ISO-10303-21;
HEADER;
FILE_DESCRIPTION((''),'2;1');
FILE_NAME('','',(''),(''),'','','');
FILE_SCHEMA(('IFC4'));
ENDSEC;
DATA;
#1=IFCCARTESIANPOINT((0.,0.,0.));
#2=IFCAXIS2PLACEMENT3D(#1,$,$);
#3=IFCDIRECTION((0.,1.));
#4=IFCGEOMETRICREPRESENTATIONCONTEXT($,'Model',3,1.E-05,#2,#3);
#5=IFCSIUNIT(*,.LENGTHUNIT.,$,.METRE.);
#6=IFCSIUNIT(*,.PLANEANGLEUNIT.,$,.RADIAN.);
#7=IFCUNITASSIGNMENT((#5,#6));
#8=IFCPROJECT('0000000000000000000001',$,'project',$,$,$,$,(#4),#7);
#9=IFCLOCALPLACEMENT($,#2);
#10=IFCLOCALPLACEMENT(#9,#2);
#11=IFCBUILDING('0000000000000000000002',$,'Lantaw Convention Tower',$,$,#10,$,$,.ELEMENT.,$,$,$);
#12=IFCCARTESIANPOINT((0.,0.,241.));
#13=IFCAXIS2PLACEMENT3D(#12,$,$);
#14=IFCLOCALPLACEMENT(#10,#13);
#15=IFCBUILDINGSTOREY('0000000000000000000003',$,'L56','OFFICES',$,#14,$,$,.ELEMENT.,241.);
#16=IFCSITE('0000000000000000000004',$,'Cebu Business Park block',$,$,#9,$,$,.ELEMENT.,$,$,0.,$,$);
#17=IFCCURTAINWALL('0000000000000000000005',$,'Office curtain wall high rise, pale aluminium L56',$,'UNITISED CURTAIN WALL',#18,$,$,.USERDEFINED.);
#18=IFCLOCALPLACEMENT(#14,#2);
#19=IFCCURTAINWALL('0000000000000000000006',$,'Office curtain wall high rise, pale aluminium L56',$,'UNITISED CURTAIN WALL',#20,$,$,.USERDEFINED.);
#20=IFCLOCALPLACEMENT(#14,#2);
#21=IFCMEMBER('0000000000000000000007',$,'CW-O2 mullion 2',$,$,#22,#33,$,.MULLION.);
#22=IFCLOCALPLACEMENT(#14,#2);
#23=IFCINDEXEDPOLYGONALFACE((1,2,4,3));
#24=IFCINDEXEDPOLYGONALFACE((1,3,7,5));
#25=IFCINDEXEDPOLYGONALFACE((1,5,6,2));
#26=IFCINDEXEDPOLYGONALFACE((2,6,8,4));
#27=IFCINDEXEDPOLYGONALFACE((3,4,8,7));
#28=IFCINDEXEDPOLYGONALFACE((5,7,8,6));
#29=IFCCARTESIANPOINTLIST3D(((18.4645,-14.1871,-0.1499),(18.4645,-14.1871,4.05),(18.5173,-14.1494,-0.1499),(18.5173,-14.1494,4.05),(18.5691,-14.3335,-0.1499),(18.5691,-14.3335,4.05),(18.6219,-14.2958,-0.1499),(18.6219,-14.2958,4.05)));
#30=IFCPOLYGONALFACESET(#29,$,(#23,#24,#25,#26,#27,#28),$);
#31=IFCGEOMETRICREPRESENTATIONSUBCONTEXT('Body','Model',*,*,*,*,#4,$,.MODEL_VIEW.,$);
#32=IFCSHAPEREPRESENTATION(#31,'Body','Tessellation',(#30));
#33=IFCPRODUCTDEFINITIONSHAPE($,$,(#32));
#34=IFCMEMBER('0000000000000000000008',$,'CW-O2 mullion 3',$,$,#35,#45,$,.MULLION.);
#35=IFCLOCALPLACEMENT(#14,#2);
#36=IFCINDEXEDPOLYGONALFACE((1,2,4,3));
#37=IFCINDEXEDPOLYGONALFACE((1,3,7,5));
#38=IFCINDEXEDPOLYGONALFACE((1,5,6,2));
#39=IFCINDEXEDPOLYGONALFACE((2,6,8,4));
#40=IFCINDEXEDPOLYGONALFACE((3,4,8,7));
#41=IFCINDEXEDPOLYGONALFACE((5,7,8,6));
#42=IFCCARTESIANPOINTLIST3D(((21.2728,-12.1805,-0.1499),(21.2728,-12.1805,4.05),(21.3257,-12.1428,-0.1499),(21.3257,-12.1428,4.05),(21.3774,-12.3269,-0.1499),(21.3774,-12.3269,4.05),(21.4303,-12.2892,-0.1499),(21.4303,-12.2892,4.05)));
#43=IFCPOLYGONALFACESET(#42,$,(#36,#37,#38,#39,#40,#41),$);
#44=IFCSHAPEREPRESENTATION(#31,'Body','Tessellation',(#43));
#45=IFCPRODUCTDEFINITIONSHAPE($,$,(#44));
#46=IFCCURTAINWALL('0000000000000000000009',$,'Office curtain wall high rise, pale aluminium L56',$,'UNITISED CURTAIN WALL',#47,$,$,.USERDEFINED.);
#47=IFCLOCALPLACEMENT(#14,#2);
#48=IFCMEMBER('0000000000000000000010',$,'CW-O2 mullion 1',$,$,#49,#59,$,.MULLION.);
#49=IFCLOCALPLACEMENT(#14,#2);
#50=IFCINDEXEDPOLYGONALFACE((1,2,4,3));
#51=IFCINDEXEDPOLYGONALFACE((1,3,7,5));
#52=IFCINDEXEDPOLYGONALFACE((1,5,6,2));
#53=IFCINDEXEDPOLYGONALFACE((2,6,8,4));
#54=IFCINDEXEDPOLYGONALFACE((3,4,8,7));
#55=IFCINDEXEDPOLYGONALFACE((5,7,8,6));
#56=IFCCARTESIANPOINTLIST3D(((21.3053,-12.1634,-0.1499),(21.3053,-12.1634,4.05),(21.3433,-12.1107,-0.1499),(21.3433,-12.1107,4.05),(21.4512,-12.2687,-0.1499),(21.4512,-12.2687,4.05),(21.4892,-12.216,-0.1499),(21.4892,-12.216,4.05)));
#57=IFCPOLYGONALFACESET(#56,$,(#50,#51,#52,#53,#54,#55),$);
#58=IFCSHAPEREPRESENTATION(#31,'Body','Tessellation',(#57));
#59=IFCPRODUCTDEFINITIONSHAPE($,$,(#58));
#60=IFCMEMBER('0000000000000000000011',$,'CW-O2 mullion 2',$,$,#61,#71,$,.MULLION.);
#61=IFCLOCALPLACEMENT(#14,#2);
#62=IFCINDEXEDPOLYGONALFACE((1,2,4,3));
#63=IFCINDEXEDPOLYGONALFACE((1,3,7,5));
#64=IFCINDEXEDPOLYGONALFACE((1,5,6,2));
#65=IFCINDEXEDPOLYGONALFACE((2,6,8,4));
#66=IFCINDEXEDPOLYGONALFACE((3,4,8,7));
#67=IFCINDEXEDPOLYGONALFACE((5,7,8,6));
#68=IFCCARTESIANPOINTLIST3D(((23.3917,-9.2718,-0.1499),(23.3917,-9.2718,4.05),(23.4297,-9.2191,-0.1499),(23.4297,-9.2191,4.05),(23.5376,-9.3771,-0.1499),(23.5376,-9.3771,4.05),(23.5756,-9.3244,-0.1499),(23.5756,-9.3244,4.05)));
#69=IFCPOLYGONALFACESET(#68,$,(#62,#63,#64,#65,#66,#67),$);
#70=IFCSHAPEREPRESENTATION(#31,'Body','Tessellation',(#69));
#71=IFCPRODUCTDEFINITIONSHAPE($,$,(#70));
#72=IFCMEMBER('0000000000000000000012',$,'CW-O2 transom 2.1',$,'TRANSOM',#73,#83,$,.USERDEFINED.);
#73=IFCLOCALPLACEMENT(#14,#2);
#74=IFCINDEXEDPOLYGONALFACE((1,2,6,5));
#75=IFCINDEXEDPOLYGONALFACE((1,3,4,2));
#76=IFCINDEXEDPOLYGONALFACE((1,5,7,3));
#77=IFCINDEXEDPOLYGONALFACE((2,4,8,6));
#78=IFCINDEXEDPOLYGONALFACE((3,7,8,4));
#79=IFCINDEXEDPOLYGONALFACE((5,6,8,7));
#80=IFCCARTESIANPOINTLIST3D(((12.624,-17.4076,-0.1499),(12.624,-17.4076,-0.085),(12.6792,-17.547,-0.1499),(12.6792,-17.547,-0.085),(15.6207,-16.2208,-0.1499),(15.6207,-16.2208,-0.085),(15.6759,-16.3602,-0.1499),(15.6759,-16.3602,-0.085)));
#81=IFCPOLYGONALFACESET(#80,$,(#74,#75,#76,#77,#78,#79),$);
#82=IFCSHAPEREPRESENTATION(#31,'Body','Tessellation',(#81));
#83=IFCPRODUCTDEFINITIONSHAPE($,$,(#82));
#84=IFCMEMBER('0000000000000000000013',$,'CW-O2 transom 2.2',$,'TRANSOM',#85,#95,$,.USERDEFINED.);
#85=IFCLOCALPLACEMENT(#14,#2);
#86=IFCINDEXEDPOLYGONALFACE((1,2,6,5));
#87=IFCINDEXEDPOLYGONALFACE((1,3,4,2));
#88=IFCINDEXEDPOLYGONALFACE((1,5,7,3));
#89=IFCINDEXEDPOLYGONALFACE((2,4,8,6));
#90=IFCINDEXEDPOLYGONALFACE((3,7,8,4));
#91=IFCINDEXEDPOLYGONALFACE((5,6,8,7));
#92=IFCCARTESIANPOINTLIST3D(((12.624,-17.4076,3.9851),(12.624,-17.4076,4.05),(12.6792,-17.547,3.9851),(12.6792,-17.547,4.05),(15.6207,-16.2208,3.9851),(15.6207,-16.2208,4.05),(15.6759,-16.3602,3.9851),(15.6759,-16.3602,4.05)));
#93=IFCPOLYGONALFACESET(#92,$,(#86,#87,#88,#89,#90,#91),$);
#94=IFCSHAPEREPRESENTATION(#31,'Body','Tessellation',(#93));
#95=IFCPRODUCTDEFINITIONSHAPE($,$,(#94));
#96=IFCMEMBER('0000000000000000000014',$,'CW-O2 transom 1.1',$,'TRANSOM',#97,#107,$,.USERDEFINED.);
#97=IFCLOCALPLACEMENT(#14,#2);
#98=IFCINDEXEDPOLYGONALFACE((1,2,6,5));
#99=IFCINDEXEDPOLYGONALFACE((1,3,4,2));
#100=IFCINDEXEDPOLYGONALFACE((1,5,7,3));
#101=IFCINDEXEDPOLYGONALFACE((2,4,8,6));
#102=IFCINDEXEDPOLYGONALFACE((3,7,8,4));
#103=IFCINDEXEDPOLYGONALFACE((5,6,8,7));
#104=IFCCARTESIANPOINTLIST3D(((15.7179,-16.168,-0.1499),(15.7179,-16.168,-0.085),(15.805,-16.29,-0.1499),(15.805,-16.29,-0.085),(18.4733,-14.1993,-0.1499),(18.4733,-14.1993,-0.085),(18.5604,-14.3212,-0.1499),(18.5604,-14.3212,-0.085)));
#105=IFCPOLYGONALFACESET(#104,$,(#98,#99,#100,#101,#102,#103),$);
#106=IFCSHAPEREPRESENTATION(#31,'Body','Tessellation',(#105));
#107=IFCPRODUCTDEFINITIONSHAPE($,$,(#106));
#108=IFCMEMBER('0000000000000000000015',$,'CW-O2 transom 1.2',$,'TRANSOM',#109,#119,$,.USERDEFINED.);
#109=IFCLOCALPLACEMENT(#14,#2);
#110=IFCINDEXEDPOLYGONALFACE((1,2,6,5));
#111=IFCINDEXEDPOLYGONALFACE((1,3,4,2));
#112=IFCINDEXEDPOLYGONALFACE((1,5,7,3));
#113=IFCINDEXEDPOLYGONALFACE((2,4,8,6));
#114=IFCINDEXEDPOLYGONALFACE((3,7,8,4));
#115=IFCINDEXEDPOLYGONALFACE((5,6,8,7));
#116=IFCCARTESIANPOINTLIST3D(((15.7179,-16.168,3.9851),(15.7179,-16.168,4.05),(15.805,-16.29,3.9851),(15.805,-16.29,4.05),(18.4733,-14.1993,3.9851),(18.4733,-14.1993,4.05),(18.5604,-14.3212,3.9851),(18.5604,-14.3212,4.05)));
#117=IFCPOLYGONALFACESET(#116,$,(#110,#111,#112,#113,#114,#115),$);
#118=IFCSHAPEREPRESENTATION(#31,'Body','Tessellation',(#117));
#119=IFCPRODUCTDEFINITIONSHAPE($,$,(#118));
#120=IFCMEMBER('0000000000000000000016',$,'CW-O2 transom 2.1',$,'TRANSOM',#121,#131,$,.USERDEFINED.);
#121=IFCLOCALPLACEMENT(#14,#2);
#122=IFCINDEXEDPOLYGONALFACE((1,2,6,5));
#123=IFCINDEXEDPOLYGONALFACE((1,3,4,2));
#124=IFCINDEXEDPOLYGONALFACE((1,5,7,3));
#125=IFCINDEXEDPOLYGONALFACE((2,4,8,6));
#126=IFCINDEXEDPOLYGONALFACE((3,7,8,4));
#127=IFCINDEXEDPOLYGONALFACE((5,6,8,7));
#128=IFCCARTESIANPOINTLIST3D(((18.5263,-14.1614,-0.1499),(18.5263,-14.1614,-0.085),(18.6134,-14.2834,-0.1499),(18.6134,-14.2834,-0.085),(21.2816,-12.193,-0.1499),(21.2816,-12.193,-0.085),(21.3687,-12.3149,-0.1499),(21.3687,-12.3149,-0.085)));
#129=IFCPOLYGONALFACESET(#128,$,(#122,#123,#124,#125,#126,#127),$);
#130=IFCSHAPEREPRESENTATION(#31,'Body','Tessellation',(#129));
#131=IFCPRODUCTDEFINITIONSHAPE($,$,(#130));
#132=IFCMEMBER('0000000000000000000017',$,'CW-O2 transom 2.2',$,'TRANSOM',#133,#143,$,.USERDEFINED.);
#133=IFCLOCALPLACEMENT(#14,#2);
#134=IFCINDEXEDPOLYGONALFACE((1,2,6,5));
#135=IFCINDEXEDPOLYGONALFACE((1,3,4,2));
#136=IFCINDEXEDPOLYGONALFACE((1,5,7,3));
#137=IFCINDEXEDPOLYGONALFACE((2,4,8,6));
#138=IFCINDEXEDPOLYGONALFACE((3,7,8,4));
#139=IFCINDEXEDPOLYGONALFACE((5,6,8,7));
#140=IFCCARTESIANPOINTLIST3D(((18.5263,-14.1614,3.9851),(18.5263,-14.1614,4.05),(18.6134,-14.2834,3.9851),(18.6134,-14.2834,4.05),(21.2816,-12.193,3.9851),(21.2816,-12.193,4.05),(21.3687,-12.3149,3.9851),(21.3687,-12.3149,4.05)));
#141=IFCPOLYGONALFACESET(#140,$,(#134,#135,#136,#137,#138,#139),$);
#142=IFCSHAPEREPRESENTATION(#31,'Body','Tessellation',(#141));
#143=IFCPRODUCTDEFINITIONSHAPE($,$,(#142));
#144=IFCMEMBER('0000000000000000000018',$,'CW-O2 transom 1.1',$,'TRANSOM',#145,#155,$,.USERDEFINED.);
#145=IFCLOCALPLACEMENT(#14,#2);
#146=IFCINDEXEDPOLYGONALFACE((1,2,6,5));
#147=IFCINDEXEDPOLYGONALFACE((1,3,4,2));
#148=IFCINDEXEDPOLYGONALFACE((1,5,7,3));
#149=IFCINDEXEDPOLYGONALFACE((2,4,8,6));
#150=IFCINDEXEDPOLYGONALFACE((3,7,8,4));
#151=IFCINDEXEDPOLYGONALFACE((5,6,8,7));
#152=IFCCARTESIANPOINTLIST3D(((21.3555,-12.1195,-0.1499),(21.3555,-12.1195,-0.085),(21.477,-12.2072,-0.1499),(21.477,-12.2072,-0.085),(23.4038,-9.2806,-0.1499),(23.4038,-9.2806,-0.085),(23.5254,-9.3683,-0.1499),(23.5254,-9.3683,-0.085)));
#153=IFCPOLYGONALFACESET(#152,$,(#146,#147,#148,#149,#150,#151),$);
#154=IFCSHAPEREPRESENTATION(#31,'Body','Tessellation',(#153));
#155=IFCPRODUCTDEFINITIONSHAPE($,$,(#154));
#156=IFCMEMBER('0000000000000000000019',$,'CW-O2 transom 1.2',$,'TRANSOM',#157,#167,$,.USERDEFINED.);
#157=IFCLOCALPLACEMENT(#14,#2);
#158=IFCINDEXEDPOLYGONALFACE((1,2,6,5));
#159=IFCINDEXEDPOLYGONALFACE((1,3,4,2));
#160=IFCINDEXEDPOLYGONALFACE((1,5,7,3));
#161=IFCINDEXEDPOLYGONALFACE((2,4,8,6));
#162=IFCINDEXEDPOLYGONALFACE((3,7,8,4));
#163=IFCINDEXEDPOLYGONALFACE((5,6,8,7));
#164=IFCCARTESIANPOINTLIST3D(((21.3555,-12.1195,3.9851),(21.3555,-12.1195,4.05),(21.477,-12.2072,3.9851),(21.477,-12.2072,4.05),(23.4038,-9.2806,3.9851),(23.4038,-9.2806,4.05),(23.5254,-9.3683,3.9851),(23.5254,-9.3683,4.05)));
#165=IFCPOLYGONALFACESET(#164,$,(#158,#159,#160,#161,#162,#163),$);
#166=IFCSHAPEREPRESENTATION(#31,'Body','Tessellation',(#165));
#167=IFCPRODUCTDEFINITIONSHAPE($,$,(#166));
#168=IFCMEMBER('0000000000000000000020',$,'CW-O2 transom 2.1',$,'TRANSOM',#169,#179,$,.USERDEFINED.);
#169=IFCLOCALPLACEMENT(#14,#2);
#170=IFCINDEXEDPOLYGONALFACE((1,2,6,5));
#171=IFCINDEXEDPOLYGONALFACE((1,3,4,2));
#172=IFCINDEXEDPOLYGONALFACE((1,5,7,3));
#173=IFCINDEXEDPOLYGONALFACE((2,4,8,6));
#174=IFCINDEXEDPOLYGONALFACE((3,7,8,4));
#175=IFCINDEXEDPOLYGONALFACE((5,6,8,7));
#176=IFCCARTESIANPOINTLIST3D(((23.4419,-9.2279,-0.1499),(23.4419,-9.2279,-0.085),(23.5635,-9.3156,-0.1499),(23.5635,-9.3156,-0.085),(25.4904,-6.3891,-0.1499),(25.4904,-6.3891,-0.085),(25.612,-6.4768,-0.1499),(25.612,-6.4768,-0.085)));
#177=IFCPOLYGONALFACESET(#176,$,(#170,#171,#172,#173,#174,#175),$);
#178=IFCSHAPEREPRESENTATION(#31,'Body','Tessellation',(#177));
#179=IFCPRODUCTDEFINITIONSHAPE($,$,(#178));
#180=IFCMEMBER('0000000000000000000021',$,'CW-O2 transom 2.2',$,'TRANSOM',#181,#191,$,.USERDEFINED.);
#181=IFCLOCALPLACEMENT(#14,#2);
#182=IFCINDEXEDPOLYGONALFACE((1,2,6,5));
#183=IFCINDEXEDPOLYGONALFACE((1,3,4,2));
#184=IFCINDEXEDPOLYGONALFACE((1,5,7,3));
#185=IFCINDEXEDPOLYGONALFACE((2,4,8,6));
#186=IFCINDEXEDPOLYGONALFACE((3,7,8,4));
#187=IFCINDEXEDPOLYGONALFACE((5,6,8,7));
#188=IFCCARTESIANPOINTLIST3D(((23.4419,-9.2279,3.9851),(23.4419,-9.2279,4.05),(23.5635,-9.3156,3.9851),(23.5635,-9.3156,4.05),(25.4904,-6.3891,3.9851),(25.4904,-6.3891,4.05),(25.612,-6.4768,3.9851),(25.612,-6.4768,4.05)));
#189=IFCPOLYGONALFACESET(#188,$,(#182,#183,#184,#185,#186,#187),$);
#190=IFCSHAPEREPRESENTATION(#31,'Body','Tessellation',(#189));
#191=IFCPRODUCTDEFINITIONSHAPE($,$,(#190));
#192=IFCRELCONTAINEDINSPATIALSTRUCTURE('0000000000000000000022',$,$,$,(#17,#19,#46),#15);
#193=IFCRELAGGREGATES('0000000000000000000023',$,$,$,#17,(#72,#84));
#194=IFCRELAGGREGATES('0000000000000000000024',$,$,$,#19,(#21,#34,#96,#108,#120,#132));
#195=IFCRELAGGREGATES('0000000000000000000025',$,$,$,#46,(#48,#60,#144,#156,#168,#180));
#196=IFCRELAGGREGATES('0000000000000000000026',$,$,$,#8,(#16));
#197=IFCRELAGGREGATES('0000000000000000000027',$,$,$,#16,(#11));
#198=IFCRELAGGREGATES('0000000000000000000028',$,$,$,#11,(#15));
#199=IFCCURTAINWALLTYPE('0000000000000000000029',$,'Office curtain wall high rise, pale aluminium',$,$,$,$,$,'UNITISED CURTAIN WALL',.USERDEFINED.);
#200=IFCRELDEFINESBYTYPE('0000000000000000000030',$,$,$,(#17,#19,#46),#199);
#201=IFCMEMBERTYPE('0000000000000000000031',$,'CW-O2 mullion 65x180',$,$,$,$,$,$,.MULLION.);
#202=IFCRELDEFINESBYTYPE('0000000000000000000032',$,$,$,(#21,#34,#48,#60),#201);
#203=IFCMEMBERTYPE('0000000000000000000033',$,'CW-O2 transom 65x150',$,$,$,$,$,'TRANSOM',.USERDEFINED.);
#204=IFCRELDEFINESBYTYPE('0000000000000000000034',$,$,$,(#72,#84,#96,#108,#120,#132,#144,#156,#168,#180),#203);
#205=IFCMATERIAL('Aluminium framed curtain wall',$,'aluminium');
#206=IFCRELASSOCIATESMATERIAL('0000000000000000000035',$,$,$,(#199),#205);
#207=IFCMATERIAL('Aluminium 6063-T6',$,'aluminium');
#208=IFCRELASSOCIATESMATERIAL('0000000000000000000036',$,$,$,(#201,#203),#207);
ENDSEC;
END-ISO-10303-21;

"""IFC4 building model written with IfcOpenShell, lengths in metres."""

from ifc_helpers import new_model, si_unit, direction, frame, origin, origin_2d, place, context, subcontext, project, spatial, rectangle, extrude, material, material_profile, profile_set, type_object, element, aggregate, save


model = new_model("IFC4")

# Units and contexts
model_context = context("Model", 3, precision=1e-05, world=origin(), true_north=direction((0.0, 1.0)))
body_context = subcontext(model_context, "Body", "Model", "MODEL_VIEW")
ifc_project = project(units=[si_unit("LENGTHUNIT", "METRE"), si_unit("PLANEANGLEUNIT", "RADIAN")], contexts=[model_context])

# Site, building, storey
site_placement = place(None, origin())
site = spatial("IfcSite", under=ifc_project, at=site_placement, Name="Cebu Business Park block", CompositionType="ELEMENT", RefElevation=0.0)
building_placement = place(site_placement, origin())
building = spatial("IfcBuilding", under=site, at=building_placement, Name="Lantaw Convention Tower", CompositionType="ELEMENT")
storey_placement = place(building_placement, frame((0.0, 0.0, 241.0)))
storey = spatial("IfcBuildingStorey", under=building, at=storey_placement, Name="L56", Description="OFFICES", CompositionType="ELEMENT", Elevation=241.0)

# Curtain walls, members
ifc_material_1 = material(Name="Aluminium framed curtain wall", Category="aluminium")
curtain_wall_type = type_object("IfcCurtainWallType", Name="Office curtain wall high rise, pale aluminium", ElementType="UNITISED CURTAIN WALL", PredefinedType="USERDEFINED", material=ifc_material_1)
curtain_wall_1_placement = place(storey_placement, origin())
curtain_wall_1 = element("IfcCurtainWall", 1, at=curtain_wall_1_placement, inside=storey, type_object=curtain_wall_type, Name="Office curtain wall high rise, pale aluminium L56", ObjectType="UNITISED CURTAIN WALL", PredefinedType="USERDEFINED")
ifc_material_2 = material(Name="Aluminium 6063-T6", Category="aluminium")
ifc_material_profile_1 = material_profile(ifc_material_2, rectangle(XDim=0.1799, YDim=0.0649, at=origin_2d()), Name="CW-O2 mullion 65x180")
ifc_profile_set_1 = profile_set([ifc_material_profile_1], Name="Aluminium 6063-T6")
member_type_1 = type_object("IfcMemberType", Name="CW-O2 mullion 65x180", PredefinedType="MULLION", material=ifc_profile_set_1)
curtain_wall_2_placement = place(storey_placement, origin())
curtain_wall_2 = element("IfcCurtainWall", 2, at=curtain_wall_2_placement, inside=storey, type_object=curtain_wall_type, Name="Office curtain wall high rise, pale aluminium L56", ObjectType="UNITISED CURTAIN WALL", PredefinedType="USERDEFINED")
member_1_placement = place(storey_placement, frame((18.5432, -14.2415, -0.1499), z_axis=(0.0, 0.0, 1.0), x_axis=(-0.581323, 0.813673, 0.0)))
member_1 = element("IfcMember", 3, at=member_1_placement, type_object=member_type_1, Name="CW-O2 mullion 2", PredefinedType="MULLION", context=body_context, shape_type="SweptSolid", body=[
    extrude(rectangle(XDim=0.1799, YDim=0.0649, at=origin_2d()), origin(), (0.0, 0.0, 1.0), 4.2),
])
member_2_placement = place(storey_placement, frame((21.3516, -12.2349, -0.1499), z_axis=(0.0, 0.0, 1.0), x_axis=(-0.581323, 0.813673, 0.0)))
member_2 = element("IfcMember", 4, at=member_2_placement, type_object=member_type_1, Name="CW-O2 mullion 3", PredefinedType="MULLION", context=body_context, shape_type="SweptSolid", body=[
    extrude(rectangle(XDim=0.1799, YDim=0.0649, at=origin_2d()), origin(), (0.0, 0.0, 1.0), 4.2),
])
curtain_wall_3_placement = place(storey_placement, origin())
curtain_wall_3 = element("IfcCurtainWall", 5, at=curtain_wall_3_placement, inside=storey, type_object=curtain_wall_type, Name="Office curtain wall high rise, pale aluminium L56", ObjectType="UNITISED CURTAIN WALL", PredefinedType="USERDEFINED")
member_3_placement = place(storey_placement, frame((21.3972, -12.1897, -0.1499), z_axis=(0.0, 0.0, 1.0), x_axis=(-0.81092, 0.585158, 0.0)))
member_3 = element("IfcMember", 6, at=member_3_placement, type_object=member_type_1, Name="CW-O2 mullion 1", PredefinedType="MULLION", context=body_context, shape_type="SweptSolid", body=[
    extrude(rectangle(XDim=0.1799, YDim=0.0649, at=origin_2d()), origin(), (0.0, 0.0, 1.0), 4.2),
])
member_4_placement = place(storey_placement, frame((23.4836, -9.2981, -0.1499), z_axis=(0.0, 0.0, 1.0), x_axis=(-0.81092, 0.585158, 0.0)))
member_4 = element("IfcMember", 7, at=member_4_placement, type_object=member_type_1, Name="CW-O2 mullion 2", PredefinedType="MULLION", context=body_context, shape_type="SweptSolid", body=[
    extrude(rectangle(XDim=0.1799, YDim=0.0649, at=origin_2d()), origin(), (0.0, 0.0, 1.0), 4.2),
])

# Members
ifc_material_profile_2 = material_profile(ifc_material_2, rectangle(XDim=0.1499, YDim=0.0649, at=origin_2d()), Name="CW-O2 transom 65x150")
ifc_profile_set_2 = profile_set([ifc_material_profile_2], Name="Aluminium 6063-T6")
member_type_2 = type_object("IfcMemberType", Name="CW-O2 transom 65x150", ElementType="TRANSOM", PredefinedType="USERDEFINED", material=ifc_profile_set_2)
member_5_placement = place(storey_placement, frame((12.6516, -17.4773, -0.1174), z_axis=(0.929741, 0.368215, 0.0), x_axis=(-0.368215, 0.929741, 0.0)))
member_5 = element("IfcMember", 8, at=member_5_placement, type_object=member_type_2, Name="CW-O2 transom 2.1", ObjectType="TRANSOM", PredefinedType="USERDEFINED", context=body_context, shape_type="SweptSolid", body=[
    extrude(rectangle(XDim=0.1499, YDim=0.0649, at=origin_2d()), origin(), (0.0, 0.0, 1.0), 3.2231),
])
member_6_placement = place(storey_placement, frame((12.6516, -17.4773, 4.0176), z_axis=(0.929741, 0.368215, 0.0), x_axis=(-0.368215, 0.929741, 0.0)))
member_6 = element("IfcMember", 9, at=member_6_placement, type_object=member_type_2, Name="CW-O2 transom 2.2", ObjectType="TRANSOM", PredefinedType="USERDEFINED", context=body_context, shape_type="SweptSolid", body=[
    extrude(rectangle(XDim=0.1499, YDim=0.0649, at=origin_2d()), origin(), (0.0, 0.0, 1.0), 3.2231),
])
member_7_placement = place(storey_placement, frame((15.7615, -16.229, -0.1174), z_axis=(0.813646, 0.581361, 0.0), x_axis=(-0.581361, 0.813646, 0.0)))
member_7 = element("IfcMember", 10, at=member_7_placement, type_object=member_type_2, Name="CW-O2 transom 1.1", ObjectType="TRANSOM", PredefinedType="USERDEFINED", context=body_context, shape_type="SweptSolid", body=[
    extrude(rectangle(XDim=0.1499, YDim=0.0649, at=origin_2d()), origin(), (0.0, 0.0, 1.0), 3.3865),
])
member_8_placement = place(storey_placement, frame((15.7615, -16.229, 4.0176), z_axis=(0.813646, 0.581361, 0.0), x_axis=(-0.581361, 0.813646, 0.0)))
member_8 = element("IfcMember", 11, at=member_8_placement, type_object=member_type_2, Name="CW-O2 transom 1.2", ObjectType="TRANSOM", PredefinedType="USERDEFINED", context=body_context, shape_type="SweptSolid", body=[
    extrude(rectangle(XDim=0.1499, YDim=0.0649, at=origin_2d()), origin(), (0.0, 0.0, 1.0), 3.3865),
])
member_9_placement = place(storey_placement, frame((18.5698, -14.2224, -0.1174), z_axis=(0.81368, 0.581313, 0.0), x_axis=(-0.581313, 0.81368, 0.0)))
member_9 = element("IfcMember", 12, at=member_9_placement, type_object=member_type_2, Name="CW-O2 transom 2.1", ObjectType="TRANSOM", PredefinedType="USERDEFINED", context=body_context, shape_type="SweptSolid", body=[
    extrude(rectangle(XDim=0.1499, YDim=0.0649, at=origin_2d()), origin(), (0.0, 0.0, 1.0), 3.3862),
])
member_10_placement = place(storey_placement, frame((18.5698, -14.2224, 4.0176), z_axis=(0.81368, 0.581313, 0.0), x_axis=(-0.581313, 0.81368, 0.0)))
member_10 = element("IfcMember", 13, at=member_10_placement, type_object=member_type_2, Name="CW-O2 transom 2.2", ObjectType="TRANSOM", PredefinedType="USERDEFINED", context=body_context, shape_type="SweptSolid", body=[
    extrude(rectangle(XDim=0.1499, YDim=0.0649, at=origin_2d()), origin(), (0.0, 0.0, 1.0), 3.3862),
])
member_11_placement = place(storey_placement, frame((21.4163, -12.1633, -0.1174), z_axis=(0.585124, 0.810944, 0.0), x_axis=(-0.810944, 0.585124, 0.0)))
member_11 = element("IfcMember", 14, at=member_11_placement, type_object=member_type_2, Name="CW-O2 transom 1.1", ObjectType="TRANSOM", PredefinedType="USERDEFINED", context=body_context, shape_type="SweptSolid", body=[
    extrude(rectangle(XDim=0.1499, YDim=0.0649, at=origin_2d()), origin(), (0.0, 0.0, 1.0), 3.5007),
])
member_12_placement = place(storey_placement, frame((21.4163, -12.1633, 4.0176), z_axis=(0.585124, 0.810944, 0.0), x_axis=(-0.810944, 0.585124, 0.0)))
member_12 = element("IfcMember", 15, at=member_12_placement, type_object=member_type_2, Name="CW-O2 transom 1.2", ObjectType="TRANSOM", PredefinedType="USERDEFINED", context=body_context, shape_type="SweptSolid", body=[
    extrude(rectangle(XDim=0.1499, YDim=0.0649, at=origin_2d()), origin(), (0.0, 0.0, 1.0), 3.5007),
])
member_13_placement = place(storey_placement, frame((23.5027, -9.2717, -0.1174), z_axis=(0.58517, 0.810911, 0.0), x_axis=(-0.810911, 0.58517, 0.0)))
member_13 = element("IfcMember", 16, at=member_13_placement, type_object=member_type_2, Name="CW-O2 transom 2.1", ObjectType="TRANSOM", PredefinedType="USERDEFINED", context=body_context, shape_type="SweptSolid", body=[
    extrude(rectangle(XDim=0.1499, YDim=0.0649, at=origin_2d()), origin(), (0.0, 0.0, 1.0), 3.5007),
])
member_14_placement = place(storey_placement, frame((23.5027, -9.2717, 4.0176), z_axis=(0.58517, 0.810911, 0.0), x_axis=(-0.810911, 0.58517, 0.0)))
member_14 = element("IfcMember", 17, at=member_14_placement, type_object=member_type_2, Name="CW-O2 transom 2.2", ObjectType="TRANSOM", PredefinedType="USERDEFINED", context=body_context, shape_type="SweptSolid", body=[
    extrude(rectangle(XDim=0.1499, YDim=0.0649, at=origin_2d()), origin(), (0.0, 0.0, 1.0), 3.5007),
])

aggregate(curtain_wall_1, [member_5, member_6])
aggregate(curtain_wall_2, [member_1, member_2, member_7, member_8, member_9, member_10])
aggregate(curtain_wall_3, [member_3, member_4, member_11, member_12, member_13, member_14])

save(model, "model.ifc")
